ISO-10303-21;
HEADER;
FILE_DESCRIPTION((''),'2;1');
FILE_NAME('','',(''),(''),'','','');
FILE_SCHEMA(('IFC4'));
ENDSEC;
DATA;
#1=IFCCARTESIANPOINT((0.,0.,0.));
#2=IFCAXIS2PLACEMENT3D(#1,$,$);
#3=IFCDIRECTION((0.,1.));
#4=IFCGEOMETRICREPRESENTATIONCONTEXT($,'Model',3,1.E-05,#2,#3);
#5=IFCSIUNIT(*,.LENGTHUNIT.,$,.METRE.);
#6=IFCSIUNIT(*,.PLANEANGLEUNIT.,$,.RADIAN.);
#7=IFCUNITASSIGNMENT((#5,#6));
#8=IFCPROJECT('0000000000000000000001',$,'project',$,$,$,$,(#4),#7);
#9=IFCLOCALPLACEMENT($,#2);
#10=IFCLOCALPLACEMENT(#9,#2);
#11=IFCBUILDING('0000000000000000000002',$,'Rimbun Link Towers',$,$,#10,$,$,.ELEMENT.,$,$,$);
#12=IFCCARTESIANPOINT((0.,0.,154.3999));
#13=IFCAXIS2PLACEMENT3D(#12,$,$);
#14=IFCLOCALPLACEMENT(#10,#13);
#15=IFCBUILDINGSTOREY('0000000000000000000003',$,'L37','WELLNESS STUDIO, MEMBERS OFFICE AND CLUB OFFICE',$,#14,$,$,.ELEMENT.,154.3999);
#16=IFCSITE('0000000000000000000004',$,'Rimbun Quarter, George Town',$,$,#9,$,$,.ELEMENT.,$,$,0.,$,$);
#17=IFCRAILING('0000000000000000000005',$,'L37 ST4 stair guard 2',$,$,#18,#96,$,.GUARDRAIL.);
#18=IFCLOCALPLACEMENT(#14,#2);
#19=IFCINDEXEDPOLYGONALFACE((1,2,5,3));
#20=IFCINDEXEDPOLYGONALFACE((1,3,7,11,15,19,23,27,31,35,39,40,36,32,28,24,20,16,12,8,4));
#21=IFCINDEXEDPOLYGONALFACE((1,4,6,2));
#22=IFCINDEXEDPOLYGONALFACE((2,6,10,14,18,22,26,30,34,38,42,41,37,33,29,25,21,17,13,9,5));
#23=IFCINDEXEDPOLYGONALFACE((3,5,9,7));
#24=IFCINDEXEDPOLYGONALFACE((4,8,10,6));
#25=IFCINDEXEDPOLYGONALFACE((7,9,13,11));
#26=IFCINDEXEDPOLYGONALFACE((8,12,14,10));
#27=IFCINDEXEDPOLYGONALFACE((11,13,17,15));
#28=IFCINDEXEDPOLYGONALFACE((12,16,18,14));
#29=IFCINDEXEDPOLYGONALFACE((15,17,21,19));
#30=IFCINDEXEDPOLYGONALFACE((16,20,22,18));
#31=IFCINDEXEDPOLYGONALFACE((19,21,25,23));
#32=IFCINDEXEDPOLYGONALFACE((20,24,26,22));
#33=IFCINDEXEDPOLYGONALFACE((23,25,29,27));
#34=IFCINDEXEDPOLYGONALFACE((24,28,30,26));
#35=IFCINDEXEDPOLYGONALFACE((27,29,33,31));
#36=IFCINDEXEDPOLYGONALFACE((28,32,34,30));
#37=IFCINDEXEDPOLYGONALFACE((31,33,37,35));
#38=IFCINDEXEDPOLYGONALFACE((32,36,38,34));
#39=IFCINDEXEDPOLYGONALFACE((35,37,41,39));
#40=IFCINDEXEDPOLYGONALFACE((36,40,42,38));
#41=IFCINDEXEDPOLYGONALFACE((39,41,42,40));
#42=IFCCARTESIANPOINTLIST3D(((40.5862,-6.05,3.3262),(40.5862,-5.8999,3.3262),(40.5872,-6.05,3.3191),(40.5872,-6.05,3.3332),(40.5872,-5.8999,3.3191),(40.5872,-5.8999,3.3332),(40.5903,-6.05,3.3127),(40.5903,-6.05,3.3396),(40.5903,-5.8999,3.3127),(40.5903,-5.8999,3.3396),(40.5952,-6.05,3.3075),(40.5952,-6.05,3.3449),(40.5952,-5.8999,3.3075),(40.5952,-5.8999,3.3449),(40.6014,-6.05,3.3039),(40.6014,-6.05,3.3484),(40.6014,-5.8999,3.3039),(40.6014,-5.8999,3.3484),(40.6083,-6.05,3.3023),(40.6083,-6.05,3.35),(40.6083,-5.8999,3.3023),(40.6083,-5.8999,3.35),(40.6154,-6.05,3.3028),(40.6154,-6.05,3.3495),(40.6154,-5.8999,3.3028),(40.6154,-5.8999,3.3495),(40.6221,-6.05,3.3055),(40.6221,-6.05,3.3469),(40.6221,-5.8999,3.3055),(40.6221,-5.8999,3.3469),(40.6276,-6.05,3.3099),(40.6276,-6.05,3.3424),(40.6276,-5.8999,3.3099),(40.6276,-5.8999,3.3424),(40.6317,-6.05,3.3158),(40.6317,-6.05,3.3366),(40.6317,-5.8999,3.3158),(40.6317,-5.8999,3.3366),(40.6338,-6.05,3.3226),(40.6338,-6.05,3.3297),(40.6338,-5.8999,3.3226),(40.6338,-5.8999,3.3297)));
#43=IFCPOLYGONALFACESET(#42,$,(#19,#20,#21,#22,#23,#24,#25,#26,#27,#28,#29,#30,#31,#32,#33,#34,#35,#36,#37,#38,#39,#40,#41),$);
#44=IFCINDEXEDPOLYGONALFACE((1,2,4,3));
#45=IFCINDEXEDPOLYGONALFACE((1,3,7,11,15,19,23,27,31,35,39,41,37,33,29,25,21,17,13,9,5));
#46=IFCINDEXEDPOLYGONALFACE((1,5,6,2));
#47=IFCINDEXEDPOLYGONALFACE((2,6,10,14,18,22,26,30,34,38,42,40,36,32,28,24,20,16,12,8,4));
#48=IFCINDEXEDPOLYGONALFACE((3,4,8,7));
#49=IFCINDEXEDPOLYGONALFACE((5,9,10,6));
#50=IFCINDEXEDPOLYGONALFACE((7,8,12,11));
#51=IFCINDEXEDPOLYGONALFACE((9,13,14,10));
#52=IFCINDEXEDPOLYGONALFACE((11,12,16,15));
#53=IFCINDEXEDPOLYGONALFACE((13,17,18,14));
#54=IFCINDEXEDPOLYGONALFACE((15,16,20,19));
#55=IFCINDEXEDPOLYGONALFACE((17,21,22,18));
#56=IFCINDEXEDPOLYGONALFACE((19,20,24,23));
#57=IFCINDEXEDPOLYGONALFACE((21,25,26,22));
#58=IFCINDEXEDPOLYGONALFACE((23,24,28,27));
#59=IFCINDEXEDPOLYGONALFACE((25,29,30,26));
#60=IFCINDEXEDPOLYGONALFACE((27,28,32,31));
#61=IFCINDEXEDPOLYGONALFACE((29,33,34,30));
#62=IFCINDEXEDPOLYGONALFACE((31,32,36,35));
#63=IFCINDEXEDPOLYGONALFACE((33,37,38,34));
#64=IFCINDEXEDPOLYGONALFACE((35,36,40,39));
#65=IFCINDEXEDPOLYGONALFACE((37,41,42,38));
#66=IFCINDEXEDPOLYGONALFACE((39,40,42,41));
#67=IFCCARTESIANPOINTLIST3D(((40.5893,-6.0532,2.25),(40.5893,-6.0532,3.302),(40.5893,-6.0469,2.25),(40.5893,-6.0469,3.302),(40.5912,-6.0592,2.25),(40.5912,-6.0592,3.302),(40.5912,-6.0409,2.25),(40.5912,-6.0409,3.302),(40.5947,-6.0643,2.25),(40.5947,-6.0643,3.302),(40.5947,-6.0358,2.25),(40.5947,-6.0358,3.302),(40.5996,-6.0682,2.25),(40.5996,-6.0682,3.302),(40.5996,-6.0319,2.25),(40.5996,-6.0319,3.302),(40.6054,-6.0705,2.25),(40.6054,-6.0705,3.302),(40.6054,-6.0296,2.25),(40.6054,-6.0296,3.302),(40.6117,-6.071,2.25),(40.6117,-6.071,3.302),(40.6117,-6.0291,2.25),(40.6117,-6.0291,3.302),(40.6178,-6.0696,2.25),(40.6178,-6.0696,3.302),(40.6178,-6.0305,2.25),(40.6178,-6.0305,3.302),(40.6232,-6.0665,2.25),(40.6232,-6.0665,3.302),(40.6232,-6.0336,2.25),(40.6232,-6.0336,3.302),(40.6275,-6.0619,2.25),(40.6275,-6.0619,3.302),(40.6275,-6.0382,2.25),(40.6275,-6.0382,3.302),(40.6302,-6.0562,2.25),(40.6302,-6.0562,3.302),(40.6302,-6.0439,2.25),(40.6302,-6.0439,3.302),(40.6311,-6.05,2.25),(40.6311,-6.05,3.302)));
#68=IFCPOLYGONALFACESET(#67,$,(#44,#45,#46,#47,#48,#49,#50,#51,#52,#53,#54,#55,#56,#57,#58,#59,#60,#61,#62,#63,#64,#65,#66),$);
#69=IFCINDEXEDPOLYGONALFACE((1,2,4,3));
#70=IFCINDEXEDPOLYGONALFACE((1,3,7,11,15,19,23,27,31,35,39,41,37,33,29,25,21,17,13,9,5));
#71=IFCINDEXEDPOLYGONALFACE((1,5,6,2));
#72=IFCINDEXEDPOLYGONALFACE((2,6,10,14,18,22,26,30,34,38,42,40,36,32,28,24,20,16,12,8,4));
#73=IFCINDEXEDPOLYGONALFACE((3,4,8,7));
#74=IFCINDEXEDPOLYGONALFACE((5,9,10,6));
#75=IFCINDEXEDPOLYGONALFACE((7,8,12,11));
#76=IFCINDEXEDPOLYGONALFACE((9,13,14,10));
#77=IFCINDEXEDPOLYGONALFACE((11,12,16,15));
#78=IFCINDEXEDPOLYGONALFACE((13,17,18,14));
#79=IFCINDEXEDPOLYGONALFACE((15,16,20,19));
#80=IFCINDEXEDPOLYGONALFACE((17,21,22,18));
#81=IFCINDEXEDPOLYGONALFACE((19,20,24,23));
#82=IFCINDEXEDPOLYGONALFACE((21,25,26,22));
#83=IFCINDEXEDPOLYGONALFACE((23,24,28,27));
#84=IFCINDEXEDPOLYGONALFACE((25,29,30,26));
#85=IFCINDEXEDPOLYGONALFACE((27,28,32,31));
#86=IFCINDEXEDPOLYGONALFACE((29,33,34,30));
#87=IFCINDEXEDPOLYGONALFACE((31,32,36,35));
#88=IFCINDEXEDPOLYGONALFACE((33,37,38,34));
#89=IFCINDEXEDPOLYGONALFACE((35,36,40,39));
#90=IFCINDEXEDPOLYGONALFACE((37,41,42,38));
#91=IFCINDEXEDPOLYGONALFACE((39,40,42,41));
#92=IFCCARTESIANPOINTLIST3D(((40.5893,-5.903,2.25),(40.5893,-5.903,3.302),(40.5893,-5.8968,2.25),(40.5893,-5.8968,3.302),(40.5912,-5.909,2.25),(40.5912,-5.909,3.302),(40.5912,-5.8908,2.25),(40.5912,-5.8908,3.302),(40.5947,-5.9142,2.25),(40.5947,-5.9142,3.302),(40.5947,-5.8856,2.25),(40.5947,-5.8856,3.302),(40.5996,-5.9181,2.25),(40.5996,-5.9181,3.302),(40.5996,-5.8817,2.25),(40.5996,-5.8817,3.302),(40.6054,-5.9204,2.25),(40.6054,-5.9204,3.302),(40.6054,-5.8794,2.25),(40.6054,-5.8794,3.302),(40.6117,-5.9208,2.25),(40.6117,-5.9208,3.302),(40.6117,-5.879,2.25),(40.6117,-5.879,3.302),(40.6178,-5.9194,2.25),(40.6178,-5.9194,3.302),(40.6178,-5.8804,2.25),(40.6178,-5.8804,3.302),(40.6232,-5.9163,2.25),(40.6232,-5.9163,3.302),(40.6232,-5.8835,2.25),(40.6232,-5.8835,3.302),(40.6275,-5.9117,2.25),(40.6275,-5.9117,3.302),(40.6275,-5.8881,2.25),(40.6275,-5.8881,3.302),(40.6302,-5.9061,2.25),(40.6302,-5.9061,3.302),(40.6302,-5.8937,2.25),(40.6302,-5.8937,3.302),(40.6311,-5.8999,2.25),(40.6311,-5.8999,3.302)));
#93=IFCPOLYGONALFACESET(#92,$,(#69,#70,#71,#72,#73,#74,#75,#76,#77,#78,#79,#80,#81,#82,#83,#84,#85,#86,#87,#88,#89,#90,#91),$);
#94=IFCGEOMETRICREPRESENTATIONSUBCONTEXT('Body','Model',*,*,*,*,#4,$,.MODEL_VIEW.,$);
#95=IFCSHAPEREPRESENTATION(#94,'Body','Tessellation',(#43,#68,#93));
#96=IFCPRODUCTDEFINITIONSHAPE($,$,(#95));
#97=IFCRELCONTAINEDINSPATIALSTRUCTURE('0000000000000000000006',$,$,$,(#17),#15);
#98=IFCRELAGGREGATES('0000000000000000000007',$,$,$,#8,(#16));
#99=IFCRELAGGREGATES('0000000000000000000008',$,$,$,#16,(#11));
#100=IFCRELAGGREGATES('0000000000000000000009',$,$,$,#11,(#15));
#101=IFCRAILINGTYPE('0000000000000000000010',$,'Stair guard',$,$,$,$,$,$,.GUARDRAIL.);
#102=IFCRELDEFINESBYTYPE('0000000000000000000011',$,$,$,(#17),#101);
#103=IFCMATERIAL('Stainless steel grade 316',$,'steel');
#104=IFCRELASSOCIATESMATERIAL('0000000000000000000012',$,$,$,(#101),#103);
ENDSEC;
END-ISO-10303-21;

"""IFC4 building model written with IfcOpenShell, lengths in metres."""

from ifc_helpers import new_model, si_unit, direction, frame, origin, origin_2d, place, context, subcontext, project, spatial, circle, extrude, material, type_object, element, save


model = new_model("IFC4")

# Units and contexts
model_context = context("Model", 3, precision=1e-05, world=origin(), true_north=direction((0.0, 1.0)))
body_context = subcontext(model_context, "Body", "Model", "MODEL_VIEW")
ifc_project = project(units=[si_unit("LENGTHUNIT", "METRE"), si_unit("PLANEANGLEUNIT", "RADIAN")], contexts=[model_context])

# Site, building, storey
site_placement = place(None, origin())
site = spatial("IfcSite", under=ifc_project, at=site_placement, Name="Rimbun Quarter, George Town", CompositionType="ELEMENT", RefElevation=0.0)
building_placement = place(site_placement, origin())
building = spatial("IfcBuilding", under=site, at=building_placement, Name="Rimbun Link Towers", CompositionType="ELEMENT")
storey_placement = place(building_placement, frame((0.0, 0.0, 154.3999)))
storey = spatial("IfcBuildingStorey", under=building, at=storey_placement, Name="L37", Description="WELLNESS STUDIO, MEMBERS OFFICE AND CLUB OFFICE", CompositionType="ELEMENT", Elevation=154.3999)

# Railing
ifc_material_1 = material(Name="Stainless steel grade 316", Category="steel")
railing_type_1 = type_object("IfcRailingType", Name="Stair guard", PredefinedType="GUARDRAIL", material=ifc_material_1)
railing_1_placement = place(storey_placement, frame((40.6101, -6.05, 2.25)))
element("IfcRailing", 1, at=railing_1_placement, inside=storey, type_object=railing_type_1, Name="L37 ST4 stair guard 2", PredefinedType="GUARDRAIL", context=body_context, shape_type="SweptSolid", body=[
    extrude(circle(Radius=0.0239, at=origin_2d()), frame((0.0, 0.0, 1.0762), z_axis=(0.0, 1.0, 0.0), x_axis=(-1.0, 0.0, 0.0)), (0.0, 0.0, 1.0), 0.1501),
    extrude(circle(Radius=0.021, at=origin_2d()), origin(), (0.0, 0.0, 1.0), 1.052),
    extrude(circle(Radius=0.021, at=origin_2d()), frame((0.0, 0.1501, 0.0)), (0.0, 0.0, 1.0), 1.052),
])

save(model, "model.ifc")
